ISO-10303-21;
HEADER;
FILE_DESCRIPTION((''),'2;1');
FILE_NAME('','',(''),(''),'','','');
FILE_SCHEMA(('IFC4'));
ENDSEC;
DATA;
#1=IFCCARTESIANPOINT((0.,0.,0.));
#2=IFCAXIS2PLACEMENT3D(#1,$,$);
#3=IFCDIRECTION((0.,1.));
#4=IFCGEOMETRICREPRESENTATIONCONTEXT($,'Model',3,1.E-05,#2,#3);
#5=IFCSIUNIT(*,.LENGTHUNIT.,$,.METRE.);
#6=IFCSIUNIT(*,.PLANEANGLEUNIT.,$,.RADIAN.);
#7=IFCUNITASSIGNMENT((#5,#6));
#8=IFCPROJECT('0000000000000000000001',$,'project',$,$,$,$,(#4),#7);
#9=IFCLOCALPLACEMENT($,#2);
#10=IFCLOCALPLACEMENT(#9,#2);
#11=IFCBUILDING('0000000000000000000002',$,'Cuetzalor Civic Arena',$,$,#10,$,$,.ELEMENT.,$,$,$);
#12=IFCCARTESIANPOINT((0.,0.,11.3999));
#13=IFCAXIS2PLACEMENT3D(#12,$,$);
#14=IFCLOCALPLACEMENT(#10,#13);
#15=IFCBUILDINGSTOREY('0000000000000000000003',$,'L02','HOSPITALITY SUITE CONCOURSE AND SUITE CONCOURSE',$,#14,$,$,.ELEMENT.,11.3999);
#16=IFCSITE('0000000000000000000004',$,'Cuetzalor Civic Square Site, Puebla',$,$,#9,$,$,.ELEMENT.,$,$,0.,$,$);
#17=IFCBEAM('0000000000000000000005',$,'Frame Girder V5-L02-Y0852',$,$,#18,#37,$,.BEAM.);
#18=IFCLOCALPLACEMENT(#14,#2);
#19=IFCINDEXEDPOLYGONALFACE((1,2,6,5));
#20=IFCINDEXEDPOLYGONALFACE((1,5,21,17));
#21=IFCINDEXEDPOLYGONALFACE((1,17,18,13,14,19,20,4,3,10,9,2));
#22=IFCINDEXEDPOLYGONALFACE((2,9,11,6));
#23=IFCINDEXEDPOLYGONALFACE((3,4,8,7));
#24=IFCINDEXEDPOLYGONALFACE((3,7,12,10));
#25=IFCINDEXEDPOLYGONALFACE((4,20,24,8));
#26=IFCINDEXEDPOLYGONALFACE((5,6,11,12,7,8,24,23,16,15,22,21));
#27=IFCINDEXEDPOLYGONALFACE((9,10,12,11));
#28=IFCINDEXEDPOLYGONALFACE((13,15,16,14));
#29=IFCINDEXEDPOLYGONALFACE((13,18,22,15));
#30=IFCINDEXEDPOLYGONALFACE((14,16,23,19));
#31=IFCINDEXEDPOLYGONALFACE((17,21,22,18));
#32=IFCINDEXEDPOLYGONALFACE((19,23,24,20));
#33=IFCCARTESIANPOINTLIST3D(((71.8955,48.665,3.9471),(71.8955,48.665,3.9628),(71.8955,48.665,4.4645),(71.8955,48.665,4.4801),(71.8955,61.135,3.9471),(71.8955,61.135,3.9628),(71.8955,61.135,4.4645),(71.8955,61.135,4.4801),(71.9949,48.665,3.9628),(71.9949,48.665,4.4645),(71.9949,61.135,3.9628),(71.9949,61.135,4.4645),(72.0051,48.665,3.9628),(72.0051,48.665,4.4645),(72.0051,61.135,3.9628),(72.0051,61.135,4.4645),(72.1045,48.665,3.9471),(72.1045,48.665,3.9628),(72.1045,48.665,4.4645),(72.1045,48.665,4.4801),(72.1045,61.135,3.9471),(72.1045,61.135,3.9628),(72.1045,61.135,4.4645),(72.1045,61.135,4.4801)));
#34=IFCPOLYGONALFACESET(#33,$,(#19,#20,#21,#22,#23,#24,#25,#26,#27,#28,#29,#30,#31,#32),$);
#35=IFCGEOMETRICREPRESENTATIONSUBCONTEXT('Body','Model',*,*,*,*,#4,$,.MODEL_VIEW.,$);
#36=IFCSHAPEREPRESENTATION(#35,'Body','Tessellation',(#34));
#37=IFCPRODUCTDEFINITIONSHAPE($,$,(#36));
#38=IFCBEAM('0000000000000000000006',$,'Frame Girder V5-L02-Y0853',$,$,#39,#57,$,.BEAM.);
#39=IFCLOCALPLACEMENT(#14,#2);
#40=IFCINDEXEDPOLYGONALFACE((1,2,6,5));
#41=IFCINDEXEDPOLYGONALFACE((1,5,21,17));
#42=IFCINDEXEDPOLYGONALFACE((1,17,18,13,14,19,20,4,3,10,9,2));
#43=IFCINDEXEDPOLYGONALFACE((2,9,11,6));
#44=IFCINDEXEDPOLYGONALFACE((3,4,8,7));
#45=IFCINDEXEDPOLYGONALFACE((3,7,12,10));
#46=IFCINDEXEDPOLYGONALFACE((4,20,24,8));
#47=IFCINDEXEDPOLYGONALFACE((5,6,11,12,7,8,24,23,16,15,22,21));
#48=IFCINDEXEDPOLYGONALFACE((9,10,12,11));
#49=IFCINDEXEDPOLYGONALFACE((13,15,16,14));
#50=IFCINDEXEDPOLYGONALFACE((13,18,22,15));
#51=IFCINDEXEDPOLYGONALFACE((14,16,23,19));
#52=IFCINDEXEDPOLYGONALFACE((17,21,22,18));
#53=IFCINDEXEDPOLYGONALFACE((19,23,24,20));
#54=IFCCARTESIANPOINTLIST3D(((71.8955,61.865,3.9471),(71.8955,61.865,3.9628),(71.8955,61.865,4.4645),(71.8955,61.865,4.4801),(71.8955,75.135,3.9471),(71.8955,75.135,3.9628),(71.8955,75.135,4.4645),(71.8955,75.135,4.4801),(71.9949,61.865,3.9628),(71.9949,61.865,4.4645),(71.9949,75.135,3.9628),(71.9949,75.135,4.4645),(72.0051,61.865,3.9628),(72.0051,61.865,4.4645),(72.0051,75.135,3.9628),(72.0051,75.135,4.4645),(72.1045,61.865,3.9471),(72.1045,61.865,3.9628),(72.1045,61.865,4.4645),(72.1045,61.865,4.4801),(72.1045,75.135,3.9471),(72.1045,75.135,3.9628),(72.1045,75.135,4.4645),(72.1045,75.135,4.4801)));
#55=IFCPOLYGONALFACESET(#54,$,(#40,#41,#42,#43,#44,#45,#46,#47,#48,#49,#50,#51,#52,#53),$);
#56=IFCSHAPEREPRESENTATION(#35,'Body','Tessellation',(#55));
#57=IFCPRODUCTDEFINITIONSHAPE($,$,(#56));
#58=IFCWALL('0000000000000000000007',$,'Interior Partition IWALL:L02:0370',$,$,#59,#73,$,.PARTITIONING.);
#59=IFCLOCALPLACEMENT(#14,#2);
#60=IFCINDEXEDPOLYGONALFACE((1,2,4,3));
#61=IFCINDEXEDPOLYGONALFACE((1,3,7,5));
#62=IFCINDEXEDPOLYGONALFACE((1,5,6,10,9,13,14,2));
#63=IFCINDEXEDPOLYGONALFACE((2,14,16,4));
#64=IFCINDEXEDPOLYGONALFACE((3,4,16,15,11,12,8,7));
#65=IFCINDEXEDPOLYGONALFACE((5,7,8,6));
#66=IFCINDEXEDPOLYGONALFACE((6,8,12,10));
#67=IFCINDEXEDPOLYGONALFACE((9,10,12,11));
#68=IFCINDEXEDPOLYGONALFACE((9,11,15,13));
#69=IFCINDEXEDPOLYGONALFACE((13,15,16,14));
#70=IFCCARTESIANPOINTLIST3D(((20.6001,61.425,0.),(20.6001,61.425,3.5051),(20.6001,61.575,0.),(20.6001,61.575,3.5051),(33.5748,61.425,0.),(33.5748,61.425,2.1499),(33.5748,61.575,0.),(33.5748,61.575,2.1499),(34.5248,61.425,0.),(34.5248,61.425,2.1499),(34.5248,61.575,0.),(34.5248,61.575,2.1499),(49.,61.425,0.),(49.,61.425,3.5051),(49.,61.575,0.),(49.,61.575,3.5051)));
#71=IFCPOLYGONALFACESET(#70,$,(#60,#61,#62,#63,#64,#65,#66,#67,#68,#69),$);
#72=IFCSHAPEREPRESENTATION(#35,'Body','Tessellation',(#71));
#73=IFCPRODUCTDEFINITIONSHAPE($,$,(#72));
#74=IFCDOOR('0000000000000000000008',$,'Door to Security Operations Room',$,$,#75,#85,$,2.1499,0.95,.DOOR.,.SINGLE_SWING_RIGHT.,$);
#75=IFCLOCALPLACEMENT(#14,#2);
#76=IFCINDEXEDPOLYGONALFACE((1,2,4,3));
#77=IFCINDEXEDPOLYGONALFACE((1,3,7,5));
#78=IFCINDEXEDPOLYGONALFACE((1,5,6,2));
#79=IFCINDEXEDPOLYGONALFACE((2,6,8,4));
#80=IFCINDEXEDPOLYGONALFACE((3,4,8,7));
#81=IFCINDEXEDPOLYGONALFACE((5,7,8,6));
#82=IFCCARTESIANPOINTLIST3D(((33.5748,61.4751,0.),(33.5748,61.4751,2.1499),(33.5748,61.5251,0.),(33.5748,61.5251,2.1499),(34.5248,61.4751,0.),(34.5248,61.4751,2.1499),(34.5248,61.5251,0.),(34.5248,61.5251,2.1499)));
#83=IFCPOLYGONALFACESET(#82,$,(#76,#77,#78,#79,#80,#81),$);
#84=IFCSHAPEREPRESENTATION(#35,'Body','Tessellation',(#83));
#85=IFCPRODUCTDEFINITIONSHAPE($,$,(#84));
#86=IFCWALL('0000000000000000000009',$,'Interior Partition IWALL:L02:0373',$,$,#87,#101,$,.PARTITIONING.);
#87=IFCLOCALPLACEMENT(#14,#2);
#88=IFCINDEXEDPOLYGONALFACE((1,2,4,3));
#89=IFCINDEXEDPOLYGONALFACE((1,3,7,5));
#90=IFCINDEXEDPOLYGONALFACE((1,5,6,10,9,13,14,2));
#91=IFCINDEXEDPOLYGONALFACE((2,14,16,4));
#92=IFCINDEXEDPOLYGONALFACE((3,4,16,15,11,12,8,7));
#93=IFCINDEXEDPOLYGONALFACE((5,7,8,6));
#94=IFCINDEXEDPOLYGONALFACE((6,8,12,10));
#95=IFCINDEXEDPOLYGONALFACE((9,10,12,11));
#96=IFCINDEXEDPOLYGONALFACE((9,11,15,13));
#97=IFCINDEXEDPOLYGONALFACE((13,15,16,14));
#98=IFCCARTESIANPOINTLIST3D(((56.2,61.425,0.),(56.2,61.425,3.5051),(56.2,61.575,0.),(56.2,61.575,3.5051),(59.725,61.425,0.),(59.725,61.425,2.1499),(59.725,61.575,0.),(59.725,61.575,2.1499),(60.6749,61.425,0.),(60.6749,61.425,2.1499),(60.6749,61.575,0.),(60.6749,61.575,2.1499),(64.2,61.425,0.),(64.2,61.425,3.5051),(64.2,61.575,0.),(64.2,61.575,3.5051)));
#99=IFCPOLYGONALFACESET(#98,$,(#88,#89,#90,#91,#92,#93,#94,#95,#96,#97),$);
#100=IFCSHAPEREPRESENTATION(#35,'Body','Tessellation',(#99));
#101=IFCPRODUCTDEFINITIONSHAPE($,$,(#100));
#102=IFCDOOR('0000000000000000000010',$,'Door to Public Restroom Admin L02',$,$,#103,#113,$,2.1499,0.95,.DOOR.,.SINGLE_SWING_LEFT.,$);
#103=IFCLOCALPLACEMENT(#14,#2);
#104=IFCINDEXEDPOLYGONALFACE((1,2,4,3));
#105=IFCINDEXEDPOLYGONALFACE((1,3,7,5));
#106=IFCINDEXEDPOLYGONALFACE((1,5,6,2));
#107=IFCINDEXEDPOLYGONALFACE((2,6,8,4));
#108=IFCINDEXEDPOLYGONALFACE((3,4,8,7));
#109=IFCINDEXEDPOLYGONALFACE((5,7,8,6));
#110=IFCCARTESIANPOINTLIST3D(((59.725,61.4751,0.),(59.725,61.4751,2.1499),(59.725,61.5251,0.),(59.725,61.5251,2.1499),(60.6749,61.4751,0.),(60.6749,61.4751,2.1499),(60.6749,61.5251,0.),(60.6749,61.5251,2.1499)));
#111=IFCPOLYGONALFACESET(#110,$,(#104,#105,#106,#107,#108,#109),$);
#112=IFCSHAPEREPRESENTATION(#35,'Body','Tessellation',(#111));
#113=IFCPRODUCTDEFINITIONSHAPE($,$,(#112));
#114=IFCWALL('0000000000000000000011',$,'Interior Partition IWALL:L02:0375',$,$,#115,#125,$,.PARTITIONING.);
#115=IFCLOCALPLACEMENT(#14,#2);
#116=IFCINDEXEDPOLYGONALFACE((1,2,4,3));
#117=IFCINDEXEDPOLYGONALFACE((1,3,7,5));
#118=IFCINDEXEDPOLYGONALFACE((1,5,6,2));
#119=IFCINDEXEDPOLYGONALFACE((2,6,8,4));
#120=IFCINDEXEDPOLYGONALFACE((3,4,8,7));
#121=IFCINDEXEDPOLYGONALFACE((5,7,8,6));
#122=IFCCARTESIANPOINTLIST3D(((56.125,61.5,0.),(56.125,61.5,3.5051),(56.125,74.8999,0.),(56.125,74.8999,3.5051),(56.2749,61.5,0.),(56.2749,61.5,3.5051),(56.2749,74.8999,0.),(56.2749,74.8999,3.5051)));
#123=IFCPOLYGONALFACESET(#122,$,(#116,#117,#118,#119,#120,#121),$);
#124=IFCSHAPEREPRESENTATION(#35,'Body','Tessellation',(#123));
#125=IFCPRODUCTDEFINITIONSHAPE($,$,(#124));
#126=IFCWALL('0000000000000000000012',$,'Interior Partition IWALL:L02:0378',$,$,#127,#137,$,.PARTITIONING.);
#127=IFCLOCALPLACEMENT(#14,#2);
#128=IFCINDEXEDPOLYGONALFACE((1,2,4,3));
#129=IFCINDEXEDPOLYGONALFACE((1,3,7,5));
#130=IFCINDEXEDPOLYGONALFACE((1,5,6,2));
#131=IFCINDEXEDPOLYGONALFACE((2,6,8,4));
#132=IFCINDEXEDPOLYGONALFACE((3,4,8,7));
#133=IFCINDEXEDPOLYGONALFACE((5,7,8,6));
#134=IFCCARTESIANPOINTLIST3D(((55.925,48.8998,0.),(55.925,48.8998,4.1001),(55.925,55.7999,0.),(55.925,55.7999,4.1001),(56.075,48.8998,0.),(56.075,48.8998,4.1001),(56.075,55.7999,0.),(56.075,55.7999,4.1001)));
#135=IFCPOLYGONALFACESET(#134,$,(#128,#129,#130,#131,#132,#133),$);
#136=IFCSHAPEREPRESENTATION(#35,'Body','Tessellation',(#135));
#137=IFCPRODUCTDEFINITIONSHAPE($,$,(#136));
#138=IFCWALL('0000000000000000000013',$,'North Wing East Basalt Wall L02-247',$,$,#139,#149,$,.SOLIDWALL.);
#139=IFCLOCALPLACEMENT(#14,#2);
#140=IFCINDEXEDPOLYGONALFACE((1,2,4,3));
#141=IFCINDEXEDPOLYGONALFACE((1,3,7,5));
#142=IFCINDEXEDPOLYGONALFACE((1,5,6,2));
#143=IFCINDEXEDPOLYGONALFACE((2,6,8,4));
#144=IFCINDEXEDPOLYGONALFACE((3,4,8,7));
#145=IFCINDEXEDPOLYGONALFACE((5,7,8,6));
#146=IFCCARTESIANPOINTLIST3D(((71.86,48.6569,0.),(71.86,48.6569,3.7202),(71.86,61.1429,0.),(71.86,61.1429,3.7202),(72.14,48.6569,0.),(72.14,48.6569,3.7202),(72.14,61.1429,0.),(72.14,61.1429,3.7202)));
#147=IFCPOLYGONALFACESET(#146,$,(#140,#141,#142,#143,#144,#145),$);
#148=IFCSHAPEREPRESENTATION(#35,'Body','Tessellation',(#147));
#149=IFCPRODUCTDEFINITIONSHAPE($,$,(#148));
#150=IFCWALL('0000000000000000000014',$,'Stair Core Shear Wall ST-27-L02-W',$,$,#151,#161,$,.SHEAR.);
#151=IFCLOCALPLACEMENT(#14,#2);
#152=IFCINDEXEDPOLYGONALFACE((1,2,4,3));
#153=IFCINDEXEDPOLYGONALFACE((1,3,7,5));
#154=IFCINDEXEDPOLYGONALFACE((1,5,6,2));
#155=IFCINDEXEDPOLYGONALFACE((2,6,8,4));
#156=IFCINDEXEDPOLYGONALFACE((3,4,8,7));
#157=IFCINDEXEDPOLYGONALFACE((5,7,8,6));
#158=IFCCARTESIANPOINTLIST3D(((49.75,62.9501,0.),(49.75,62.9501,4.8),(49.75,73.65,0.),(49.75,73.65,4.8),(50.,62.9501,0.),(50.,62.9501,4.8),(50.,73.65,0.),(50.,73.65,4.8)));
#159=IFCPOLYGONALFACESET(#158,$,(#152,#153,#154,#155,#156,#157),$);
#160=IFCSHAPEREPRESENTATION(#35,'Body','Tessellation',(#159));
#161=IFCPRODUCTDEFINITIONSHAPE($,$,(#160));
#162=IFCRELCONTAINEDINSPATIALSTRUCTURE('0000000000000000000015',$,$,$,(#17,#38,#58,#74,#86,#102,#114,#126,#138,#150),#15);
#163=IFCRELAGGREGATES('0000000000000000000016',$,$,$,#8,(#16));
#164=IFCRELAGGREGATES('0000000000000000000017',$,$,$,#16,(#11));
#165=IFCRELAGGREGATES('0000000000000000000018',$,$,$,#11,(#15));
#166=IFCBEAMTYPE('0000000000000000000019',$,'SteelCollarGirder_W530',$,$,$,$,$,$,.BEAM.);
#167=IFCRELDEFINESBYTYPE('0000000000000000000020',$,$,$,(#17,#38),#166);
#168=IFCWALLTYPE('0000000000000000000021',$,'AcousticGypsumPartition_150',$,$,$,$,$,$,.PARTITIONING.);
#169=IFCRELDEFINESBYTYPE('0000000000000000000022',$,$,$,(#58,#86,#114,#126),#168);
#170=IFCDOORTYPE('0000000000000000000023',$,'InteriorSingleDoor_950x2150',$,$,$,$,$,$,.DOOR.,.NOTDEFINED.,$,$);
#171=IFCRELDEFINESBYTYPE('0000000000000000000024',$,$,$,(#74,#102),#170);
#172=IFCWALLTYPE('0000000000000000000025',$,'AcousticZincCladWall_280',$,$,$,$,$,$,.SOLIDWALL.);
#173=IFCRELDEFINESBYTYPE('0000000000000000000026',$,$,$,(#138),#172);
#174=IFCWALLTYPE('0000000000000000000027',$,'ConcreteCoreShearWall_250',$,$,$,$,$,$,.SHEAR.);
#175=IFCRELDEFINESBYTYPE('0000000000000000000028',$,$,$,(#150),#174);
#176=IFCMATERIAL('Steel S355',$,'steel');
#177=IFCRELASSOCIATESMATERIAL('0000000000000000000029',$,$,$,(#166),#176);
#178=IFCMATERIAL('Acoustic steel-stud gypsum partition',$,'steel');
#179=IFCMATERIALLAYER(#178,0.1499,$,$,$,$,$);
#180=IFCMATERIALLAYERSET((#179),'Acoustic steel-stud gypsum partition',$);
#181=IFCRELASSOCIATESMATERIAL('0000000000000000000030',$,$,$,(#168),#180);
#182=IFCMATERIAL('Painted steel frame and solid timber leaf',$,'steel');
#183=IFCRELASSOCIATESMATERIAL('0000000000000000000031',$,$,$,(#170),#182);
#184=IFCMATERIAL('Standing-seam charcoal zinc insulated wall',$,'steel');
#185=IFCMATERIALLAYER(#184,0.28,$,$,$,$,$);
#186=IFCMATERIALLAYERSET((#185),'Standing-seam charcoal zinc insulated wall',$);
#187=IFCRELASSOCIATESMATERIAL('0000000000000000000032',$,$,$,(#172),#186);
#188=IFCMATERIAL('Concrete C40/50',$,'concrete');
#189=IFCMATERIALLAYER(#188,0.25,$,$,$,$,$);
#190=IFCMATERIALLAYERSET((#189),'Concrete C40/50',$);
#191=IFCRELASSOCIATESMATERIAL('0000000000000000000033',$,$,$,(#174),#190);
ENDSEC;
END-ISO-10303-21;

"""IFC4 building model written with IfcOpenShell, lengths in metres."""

from ifc_helpers import new_model, si_unit, direction, frame, frame_2d, origin, origin_2d, place, context, subcontext, project, spatial, rectangle, i_section, extrude, material, layer, layer_set, material_profile, profile_set, type_object, element, fill, save


model = new_model("IFC4")

# Units and contexts
model_context = context("Model", 3, precision=1e-05, world=origin(), true_north=direction((0.0, 1.0)))
body_context = subcontext(model_context, "Body", "Model", "MODEL_VIEW")
ifc_project = project(units=[si_unit("LENGTHUNIT", "METRE"), si_unit("PLANEANGLEUNIT", "RADIAN")], contexts=[model_context])

# Site, building, storey
site_placement = place(None, origin())
site = spatial("IfcSite", under=ifc_project, at=site_placement, Name="Cuetzalor Civic Square Site, Puebla", CompositionType="ELEMENT", RefElevation=0.0)
building_placement = place(site_placement, origin())
building = spatial("IfcBuilding", under=site, at=building_placement, Name="Cuetzalor Civic Arena", CompositionType="ELEMENT")
storey_placement = place(building_placement, frame((0.0, 0.0, 11.3999)))
storey = spatial("IfcBuildingStorey", under=building, at=storey_placement, Name="L02", Description="HOSPITALITY SUITE CONCOURSE AND SUITE CONCOURSE", CompositionType="ELEMENT", Elevation=11.3999)

# Beams
ifc_material_1 = material(Name="Steel S355", Category="steel")
ifc_material_profile_1 = material_profile(ifc_material_1, i_section(OverallWidth=0.209, OverallDepth=0.533, WebThickness=0.0103, FlangeThickness=0.0156, at=origin_2d()), Name="W530x92")
ifc_profile_set_1 = profile_set([ifc_material_profile_1], Name="Steel S355")
beam_type_1 = type_object("IfcBeamType", Name="SteelCollarGirder_W530", PredefinedType="BEAM", material=ifc_profile_set_1)
beam_1_placement = place(storey_placement, frame((72.0, 48.665, 4.2136), z_axis=(0.0, 1.0, 0.0), x_axis=(-1.0, 0.0, 0.0)))
element("IfcBeam", 1, at=beam_1_placement, inside=storey, type_object=beam_type_1, Name="Frame Girder V5-L02-Y0852", PredefinedType="BEAM", context=body_context, shape_type="SweptSolid", body=[
    extrude(i_section(OverallWidth=0.209, OverallDepth=0.533, WebThickness=0.0103, FlangeThickness=0.0156, at=origin_2d()), origin(), (0.0, 0.0, 1.0), 12.47),
])
beam_2_placement = place(storey_placement, frame((72.0, 61.865, 4.2136), z_axis=(0.0, 1.0, 0.0), x_axis=(-1.0, 0.0, 0.0)))
element("IfcBeam", 2, at=beam_2_placement, inside=storey, type_object=beam_type_1, Name="Frame Girder V5-L02-Y0853", PredefinedType="BEAM", context=body_context, shape_type="SweptSolid", body=[
    extrude(i_section(OverallWidth=0.209, OverallDepth=0.533, WebThickness=0.0103, FlangeThickness=0.0156, at=origin_2d()), origin(), (0.0, 0.0, 1.0), 13.27),
])

# Walls, openings, doors
ifc_material_2 = material(Name="Acoustic steel-stud gypsum partition", Category="steel")
ifc_layer_1 = layer(ifc_material_2, 0.1499)
ifc_layer_set_1 = layer_set([ifc_layer_1], Name="Acoustic steel-stud gypsum partition")
wall_type_1 = type_object("IfcWallType", Name="AcousticGypsumPartition_150", PredefinedType="PARTITIONING", material=ifc_layer_set_1)
wall_1_placement = place(storey_placement, frame((49.0, 61.5, 0.0), z_axis=(0.0, 0.0, 1.0), x_axis=(-1.0, 0.0, 0.0)))
wall_1 = element("IfcWall", 3, at=wall_1_placement, inside=storey, type_object=wall_type_1, Name="Interior Partition IWALL:L02:0370", PredefinedType="PARTITIONING", context=body_context, shape_type="SweptSolid", body=[
    extrude(rectangle(XDim=28.3999, YDim=0.1499, at=frame_2d((14.2, 0.0))), origin(), (0.0, 0.0, 1.0), 3.5051),
])
opening_1_placement = place(wall_1_placement, frame((14.4751, 0.0, 0.0)))
opening_1 = element("IfcOpeningElement", 4, at=opening_1_placement, cuts=wall_1, PredefinedType="OPENING", context=body_context, shape_type="SweptSolid", body=[
    extrude(rectangle(XDim=0.95, YDim=2.1499, at=frame_2d((0.4751, 1.075))), frame((0.0, 0.085, 0.0), z_axis=(0.0, -1.0, 0.0), x_axis=(1.0, 0.0, 0.0)), (0.0, 0.0, 1.0), 0.1699),
])
ifc_material_3 = material(Name="Painted steel frame and solid timber leaf", Category="steel")
door_type_1 = type_object("IfcDoorType", Name="InteriorSingleDoor_950x2150", OperationType="NOTDEFINED", PredefinedType="DOOR", material=ifc_material_3)
door_1_placement = place(opening_1_placement, origin())
door_1 = element("IfcDoor", 5, at=door_1_placement, inside=storey, type_object=door_type_1, Name="Door to Security Operations Room", OperationType="SINGLE_SWING_RIGHT", OverallHeight=2.1499, OverallWidth=0.95, PredefinedType="DOOR", context=body_context, shape_type="SweptSolid", body=[
    extrude(rectangle(XDim=0.95, YDim=2.1499, at=frame_2d((0.4751, 1.075))), frame((0.0, 0.0249, 0.0), z_axis=(0.0, -1.0, 0.0), x_axis=(1.0, 0.0, 0.0)), (0.0, 0.0, 1.0), 0.05),
])
fill(opening_1, door_1)
wall_2_placement = place(storey_placement, frame((64.2, 61.5, 0.0), z_axis=(0.0, 0.0, 1.0), x_axis=(-1.0, 0.0, 0.0)))
wall_2 = element("IfcWall", 6, at=wall_2_placement, inside=storey, type_object=wall_type_1, Name="Interior Partition IWALL:L02:0373", PredefinedType="PARTITIONING", context=body_context, shape_type="SweptSolid", body=[
    extrude(rectangle(XDim=8.0, YDim=0.1499, at=frame_2d((4.0, 0.0))), origin(), (0.0, 0.0, 1.0), 3.5051),
])
opening_2_placement = place(wall_2_placement, frame((3.5249, 0.0, 0.0)))
opening_2 = element("IfcOpeningElement", 7, at=opening_2_placement, cuts=wall_2, PredefinedType="OPENING", context=body_context, shape_type="SweptSolid", body=[
    extrude(rectangle(XDim=0.95, YDim=2.1499, at=frame_2d((0.4751, 1.075))), frame((0.0, 0.085, 0.0), z_axis=(0.0, -1.0, 0.0), x_axis=(1.0, 0.0, 0.0)), (0.0, 0.0, 1.0), 0.1699),
])
door_2_placement = place(opening_2_placement, origin())
door_2 = element("IfcDoor", 8, at=door_2_placement, inside=storey, type_object=door_type_1, Name="Door to Public Restroom Admin L02", OperationType="SINGLE_SWING_LEFT", OverallHeight=2.1499, OverallWidth=0.95, PredefinedType="DOOR", context=body_context, shape_type="SweptSolid", body=[
    extrude(rectangle(XDim=0.95, YDim=2.1499, at=frame_2d((0.4751, 1.075))), frame((0.0, 0.0249, 0.0), z_axis=(0.0, -1.0, 0.0), x_axis=(1.0, 0.0, 0.0)), (0.0, 0.0, 1.0), 0.05),
])
fill(opening_2, door_2)

# Walls
wall_3_placement = place(storey_placement, frame((56.2, 61.5, 0.0), z_axis=(0.0, 0.0, 1.0), x_axis=(0.0, 1.0, 0.0)))
element("IfcWall", 9, at=wall_3_placement, inside=storey, type_object=wall_type_1, Name="Interior Partition IWALL:L02:0375", PredefinedType="PARTITIONING", context=body_context, shape_type="SweptSolid", body=[
    extrude(rectangle(XDim=13.3999, YDim=0.1499, at=frame_2d((6.7, 0.0))), origin(), (0.0, 0.0, 1.0), 3.5051),
])
wall_4_placement = place(storey_placement, frame((56.0, 55.8, 0.0), z_axis=(0.0, 0.0, 1.0), x_axis=(0.0, -1.0, 0.0)))
element("IfcWall", 10, at=wall_4_placement, inside=storey, type_object=wall_type_1, Name="Interior Partition IWALL:L02:0378", PredefinedType="PARTITIONING", context=body_context, shape_type="SweptSolid", body=[
    extrude(rectangle(XDim=6.9001, YDim=0.1499, at=frame_2d((3.4502, 0.0))), origin(), (0.0, 0.0, 1.0), 4.1001),
])
ifc_material_4 = material(Name="Standing-seam charcoal zinc insulated wall", Category="steel")
ifc_layer_2 = layer(ifc_material_4, 0.28)
ifc_layer_set_2 = layer_set([ifc_layer_2], Name="Standing-seam charcoal zinc insulated wall")
wall_type_2 = type_object("IfcWallType", Name="AcousticZincCladWall_280", PredefinedType="SOLIDWALL", material=ifc_layer_set_2)
wall_5_placement = place(storey_placement, frame((72.0, 61.1431, 0.0), z_axis=(0.0, 0.0, 1.0), x_axis=(0.0, -1.0, 0.0)))
element("IfcWall", 11, at=wall_5_placement, inside=storey, type_object=wall_type_2, Name="North Wing East Basalt Wall L02-247", PredefinedType="SOLIDWALL", context=body_context, shape_type="SweptSolid", body=[
    extrude(rectangle(XDim=12.4861, YDim=0.28, at=frame_2d((6.2432, 0.0))), origin(), (0.0, 0.0, 1.0), 3.7202),
])
ifc_material_5 = material(Name="Concrete C40/50", Category="concrete")
ifc_layer_3 = layer(ifc_material_5, 0.25)
ifc_layer_set_3 = layer_set([ifc_layer_3], Name="Concrete C40/50")
wall_type_3 = type_object("IfcWallType", Name="ConcreteCoreShearWall_250", PredefinedType="SHEAR", material=ifc_layer_set_3)
wall_6_placement = place(storey_placement, frame((49.875, 62.95, 0.0), z_axis=(0.0, 0.0, 1.0), x_axis=(0.0, 1.0, 0.0)))
element("IfcWall", 12, at=wall_6_placement, inside=storey, type_object=wall_type_3, Name="Stair Core Shear Wall ST-27-L02-W", PredefinedType="SHEAR", context=body_context, shape_type="SweptSolid", body=[
    extrude(rectangle(XDim=10.7, YDim=0.25, at=frame_2d((5.3501, 0.0))), origin(), (0.0, 0.0, 1.0), 4.8),
])

save(model, "model.ifc")
